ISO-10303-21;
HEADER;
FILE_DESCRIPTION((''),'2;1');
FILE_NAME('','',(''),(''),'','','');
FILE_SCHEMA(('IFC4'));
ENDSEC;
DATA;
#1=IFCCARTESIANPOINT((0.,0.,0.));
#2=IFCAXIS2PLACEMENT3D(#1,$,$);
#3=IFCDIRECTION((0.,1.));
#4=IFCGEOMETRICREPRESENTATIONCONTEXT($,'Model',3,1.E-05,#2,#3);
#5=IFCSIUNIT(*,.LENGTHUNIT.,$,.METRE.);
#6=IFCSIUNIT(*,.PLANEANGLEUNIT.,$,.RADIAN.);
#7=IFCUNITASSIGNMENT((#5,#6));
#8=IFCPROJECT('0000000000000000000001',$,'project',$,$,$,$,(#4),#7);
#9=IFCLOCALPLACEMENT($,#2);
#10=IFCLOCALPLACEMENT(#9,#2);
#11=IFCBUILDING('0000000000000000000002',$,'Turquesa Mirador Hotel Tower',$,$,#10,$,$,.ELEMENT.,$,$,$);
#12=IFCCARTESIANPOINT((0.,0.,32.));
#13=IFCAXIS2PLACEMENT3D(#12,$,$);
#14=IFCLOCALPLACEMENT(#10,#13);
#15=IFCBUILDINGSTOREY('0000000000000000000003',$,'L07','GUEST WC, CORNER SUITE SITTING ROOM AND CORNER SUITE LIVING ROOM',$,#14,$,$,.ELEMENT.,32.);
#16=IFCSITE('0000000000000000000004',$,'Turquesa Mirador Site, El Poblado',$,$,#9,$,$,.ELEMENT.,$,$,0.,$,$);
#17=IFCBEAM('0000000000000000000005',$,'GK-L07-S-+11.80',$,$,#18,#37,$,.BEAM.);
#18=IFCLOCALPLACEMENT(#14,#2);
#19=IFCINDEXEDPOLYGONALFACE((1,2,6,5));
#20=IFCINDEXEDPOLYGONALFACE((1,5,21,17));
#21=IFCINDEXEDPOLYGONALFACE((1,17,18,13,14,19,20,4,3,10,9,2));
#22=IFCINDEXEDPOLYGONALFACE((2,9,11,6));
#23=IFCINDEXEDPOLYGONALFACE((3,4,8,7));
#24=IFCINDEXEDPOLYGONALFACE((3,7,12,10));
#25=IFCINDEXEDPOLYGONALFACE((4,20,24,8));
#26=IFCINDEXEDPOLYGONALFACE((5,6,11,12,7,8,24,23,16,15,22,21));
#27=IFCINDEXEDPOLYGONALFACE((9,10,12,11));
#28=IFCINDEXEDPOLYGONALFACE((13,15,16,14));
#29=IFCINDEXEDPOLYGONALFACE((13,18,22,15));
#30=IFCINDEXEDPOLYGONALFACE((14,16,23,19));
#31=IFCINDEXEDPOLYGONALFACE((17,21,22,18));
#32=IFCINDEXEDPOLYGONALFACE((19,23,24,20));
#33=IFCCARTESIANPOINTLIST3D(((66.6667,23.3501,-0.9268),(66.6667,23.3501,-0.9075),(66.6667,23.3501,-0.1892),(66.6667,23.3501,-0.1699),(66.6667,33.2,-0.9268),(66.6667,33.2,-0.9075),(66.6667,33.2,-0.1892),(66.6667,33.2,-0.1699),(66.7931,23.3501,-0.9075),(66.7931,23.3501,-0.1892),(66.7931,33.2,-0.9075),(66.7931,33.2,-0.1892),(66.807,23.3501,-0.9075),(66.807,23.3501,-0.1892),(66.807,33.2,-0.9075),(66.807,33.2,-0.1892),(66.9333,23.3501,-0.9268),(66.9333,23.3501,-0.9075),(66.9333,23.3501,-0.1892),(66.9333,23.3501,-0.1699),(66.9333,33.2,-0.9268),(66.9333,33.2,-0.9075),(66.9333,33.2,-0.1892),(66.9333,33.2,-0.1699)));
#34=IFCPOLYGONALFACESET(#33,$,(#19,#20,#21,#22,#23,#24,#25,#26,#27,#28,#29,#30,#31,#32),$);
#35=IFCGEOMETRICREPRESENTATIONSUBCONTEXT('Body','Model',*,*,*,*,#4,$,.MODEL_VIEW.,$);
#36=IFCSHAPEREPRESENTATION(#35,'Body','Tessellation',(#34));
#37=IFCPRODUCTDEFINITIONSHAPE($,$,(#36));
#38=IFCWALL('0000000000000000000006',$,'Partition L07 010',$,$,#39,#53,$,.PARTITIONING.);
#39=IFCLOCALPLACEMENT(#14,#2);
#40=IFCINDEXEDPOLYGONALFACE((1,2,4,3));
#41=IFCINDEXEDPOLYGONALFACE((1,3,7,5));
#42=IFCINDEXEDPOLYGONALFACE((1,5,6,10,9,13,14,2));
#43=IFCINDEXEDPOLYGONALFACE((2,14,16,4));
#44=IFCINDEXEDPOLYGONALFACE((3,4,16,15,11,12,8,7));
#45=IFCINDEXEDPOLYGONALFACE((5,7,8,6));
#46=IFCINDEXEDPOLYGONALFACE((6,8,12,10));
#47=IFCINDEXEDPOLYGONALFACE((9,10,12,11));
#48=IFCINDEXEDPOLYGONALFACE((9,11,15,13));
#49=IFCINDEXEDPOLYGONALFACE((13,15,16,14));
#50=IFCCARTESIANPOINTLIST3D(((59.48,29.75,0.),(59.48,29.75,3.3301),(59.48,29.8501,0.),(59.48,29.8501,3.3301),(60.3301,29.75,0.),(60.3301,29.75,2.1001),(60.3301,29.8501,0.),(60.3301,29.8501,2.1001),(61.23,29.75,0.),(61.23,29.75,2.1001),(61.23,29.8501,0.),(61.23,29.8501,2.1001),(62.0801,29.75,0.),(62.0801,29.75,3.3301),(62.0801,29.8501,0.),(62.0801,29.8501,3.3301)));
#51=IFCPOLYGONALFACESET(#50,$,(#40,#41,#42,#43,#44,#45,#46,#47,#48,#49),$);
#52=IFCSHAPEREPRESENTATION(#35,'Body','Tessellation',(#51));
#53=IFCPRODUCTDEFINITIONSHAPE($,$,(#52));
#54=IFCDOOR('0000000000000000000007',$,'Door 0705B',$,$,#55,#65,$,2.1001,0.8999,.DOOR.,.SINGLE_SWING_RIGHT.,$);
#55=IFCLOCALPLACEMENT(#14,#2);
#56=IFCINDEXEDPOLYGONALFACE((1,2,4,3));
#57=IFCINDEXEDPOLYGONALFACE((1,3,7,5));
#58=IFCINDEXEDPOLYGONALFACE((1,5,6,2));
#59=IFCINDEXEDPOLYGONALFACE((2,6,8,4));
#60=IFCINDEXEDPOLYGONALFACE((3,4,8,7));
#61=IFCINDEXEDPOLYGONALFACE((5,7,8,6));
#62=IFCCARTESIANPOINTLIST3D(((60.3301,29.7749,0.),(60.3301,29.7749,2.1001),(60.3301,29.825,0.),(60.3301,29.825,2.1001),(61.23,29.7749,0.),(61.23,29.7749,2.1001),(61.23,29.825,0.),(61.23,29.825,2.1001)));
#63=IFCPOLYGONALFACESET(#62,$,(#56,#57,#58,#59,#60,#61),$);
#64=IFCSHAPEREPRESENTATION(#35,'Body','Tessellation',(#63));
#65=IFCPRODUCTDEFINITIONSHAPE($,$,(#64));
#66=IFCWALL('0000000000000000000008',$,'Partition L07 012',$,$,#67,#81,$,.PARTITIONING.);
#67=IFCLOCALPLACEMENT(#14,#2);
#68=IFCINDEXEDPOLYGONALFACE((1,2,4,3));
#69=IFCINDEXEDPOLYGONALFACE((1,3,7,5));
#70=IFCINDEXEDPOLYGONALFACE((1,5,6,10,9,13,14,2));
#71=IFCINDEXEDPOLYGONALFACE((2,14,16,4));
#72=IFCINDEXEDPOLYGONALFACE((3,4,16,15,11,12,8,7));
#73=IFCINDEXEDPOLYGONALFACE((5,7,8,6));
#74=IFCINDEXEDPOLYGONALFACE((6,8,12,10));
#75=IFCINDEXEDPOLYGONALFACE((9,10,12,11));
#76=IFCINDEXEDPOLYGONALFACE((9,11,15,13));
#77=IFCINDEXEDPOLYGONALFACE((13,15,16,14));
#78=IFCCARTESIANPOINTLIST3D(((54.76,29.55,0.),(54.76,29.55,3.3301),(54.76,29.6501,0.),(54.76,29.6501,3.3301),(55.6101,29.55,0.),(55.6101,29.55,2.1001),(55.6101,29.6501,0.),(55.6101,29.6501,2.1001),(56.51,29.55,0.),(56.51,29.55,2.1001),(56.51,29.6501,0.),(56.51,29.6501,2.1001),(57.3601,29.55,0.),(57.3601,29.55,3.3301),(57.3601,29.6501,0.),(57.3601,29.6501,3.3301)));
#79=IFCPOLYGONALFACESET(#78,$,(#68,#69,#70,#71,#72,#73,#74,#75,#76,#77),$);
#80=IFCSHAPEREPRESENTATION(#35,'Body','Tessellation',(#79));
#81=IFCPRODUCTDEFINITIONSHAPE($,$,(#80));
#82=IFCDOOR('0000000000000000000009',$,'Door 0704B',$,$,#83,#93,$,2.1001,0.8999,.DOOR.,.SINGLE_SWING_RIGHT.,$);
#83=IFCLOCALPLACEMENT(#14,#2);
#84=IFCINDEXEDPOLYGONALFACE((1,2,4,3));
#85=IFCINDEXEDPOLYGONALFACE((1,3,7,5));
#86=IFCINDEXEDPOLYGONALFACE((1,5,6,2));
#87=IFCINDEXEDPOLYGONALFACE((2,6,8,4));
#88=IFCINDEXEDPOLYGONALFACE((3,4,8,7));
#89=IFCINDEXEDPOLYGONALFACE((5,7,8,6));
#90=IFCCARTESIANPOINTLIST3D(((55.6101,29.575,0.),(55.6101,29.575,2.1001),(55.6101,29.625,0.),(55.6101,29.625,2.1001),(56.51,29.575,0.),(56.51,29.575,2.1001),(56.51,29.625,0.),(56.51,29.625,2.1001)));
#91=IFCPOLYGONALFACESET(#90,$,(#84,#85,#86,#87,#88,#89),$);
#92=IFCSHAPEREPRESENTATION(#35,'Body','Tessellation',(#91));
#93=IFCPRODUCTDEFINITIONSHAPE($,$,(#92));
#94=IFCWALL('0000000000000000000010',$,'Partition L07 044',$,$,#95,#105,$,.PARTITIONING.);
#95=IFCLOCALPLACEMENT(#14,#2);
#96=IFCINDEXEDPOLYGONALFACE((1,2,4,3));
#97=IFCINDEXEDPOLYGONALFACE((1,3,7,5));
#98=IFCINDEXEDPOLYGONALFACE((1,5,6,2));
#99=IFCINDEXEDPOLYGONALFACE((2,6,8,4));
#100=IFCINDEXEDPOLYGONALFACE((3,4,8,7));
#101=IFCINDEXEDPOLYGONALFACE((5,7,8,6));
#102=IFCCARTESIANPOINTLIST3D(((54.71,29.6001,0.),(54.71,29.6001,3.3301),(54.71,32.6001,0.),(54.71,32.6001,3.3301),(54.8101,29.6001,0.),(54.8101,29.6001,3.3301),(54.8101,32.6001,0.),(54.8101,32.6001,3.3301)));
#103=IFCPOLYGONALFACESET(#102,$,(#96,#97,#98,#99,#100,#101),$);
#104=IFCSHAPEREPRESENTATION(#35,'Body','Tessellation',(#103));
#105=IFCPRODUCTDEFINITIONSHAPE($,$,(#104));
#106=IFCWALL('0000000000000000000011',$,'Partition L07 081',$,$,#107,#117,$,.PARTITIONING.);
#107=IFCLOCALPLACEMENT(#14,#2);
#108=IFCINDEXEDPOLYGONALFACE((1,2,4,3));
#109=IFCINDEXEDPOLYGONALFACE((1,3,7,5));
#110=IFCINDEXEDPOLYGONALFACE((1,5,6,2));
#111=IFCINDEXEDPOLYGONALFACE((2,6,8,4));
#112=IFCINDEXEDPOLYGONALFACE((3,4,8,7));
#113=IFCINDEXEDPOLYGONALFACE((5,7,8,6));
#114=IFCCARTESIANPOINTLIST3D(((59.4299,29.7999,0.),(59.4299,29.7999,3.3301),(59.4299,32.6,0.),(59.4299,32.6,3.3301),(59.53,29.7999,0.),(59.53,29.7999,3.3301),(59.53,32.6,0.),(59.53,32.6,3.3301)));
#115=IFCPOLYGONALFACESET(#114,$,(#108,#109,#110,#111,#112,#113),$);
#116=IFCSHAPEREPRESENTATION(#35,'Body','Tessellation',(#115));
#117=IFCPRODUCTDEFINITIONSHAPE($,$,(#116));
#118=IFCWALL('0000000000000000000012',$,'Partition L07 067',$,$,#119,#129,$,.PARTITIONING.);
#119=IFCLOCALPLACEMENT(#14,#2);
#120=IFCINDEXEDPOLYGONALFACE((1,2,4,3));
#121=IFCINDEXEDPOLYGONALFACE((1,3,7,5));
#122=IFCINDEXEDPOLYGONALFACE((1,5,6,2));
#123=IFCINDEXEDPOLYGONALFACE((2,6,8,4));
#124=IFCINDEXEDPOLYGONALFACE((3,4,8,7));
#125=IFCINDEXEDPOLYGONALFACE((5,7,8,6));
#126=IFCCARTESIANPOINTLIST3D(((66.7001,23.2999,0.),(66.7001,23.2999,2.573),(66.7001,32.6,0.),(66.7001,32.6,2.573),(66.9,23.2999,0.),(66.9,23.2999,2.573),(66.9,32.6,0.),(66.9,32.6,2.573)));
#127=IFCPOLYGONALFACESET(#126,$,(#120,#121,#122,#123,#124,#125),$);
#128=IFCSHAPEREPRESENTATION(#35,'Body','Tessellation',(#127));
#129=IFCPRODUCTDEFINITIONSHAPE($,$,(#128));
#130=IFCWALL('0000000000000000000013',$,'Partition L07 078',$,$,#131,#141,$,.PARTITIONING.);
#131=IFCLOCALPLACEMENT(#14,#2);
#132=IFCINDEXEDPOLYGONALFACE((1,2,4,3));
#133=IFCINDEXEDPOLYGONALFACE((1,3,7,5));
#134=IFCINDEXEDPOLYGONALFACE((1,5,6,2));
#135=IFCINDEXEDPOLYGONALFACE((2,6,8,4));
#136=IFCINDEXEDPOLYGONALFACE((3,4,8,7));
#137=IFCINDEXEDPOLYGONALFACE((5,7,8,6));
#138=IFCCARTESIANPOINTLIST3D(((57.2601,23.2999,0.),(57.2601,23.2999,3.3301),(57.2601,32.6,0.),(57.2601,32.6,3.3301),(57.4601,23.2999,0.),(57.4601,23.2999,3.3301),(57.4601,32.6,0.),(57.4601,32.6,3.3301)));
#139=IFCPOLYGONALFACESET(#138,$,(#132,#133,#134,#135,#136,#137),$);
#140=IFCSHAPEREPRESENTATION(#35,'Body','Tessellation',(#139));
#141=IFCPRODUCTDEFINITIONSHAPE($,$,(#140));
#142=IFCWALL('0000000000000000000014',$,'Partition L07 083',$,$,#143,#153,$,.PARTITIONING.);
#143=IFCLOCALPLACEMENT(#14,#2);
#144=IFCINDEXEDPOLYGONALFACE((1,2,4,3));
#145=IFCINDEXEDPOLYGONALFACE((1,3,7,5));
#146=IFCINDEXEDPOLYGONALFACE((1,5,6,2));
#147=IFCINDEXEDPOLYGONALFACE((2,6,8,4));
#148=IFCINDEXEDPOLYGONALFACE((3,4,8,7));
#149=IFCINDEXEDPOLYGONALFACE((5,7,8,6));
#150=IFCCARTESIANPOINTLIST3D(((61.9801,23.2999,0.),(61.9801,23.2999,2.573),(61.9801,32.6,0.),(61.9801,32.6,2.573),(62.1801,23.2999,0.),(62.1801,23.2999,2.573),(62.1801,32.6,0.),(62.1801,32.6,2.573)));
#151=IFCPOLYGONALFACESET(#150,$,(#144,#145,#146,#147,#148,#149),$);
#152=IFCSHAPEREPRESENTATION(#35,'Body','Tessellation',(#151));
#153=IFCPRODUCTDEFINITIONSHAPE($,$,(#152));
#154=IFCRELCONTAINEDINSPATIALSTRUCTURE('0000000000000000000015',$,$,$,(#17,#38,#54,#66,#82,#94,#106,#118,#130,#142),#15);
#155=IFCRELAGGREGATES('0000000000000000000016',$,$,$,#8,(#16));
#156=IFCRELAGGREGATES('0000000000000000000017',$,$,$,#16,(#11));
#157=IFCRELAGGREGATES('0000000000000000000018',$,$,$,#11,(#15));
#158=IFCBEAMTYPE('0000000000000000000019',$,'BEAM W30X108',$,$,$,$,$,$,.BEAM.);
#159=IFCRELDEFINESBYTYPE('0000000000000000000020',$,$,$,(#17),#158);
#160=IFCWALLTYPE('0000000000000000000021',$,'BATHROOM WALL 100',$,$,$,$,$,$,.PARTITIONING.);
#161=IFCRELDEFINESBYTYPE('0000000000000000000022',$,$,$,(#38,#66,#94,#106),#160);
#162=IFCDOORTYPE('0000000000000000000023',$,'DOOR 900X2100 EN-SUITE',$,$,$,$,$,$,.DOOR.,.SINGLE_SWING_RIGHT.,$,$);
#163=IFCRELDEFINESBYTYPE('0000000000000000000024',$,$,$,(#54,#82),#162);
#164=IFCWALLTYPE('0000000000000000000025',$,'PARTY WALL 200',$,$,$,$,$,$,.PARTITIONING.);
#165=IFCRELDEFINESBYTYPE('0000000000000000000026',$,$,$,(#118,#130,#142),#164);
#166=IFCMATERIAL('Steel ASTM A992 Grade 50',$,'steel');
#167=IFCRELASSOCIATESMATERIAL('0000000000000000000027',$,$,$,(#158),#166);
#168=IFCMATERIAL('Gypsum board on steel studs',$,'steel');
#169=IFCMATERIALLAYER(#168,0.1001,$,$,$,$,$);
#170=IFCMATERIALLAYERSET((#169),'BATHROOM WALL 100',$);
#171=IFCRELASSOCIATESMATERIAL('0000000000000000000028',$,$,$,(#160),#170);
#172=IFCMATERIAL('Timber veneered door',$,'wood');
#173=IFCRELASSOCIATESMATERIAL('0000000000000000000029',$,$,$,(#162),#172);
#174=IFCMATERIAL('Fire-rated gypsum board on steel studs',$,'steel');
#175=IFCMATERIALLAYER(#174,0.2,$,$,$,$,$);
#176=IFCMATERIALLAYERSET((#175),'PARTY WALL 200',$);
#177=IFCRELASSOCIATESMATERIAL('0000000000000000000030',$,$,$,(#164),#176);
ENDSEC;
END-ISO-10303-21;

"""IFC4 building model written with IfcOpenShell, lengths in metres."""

from ifc_helpers import new_model, si_unit, direction, frame, frame_2d, origin, origin_2d, place, context, subcontext, project, spatial, rectangle, i_section, extrude, material, layer, layer_set, material_profile, profile_set, type_object, element, fill, save


model = new_model("IFC4")

# Units and contexts
model_context = context("Model", 3, precision=1e-05, world=origin(), true_north=direction((0.0, 1.0)))
body_context = subcontext(model_context, "Body", "Model", "MODEL_VIEW")
ifc_project = project(units=[si_unit("LENGTHUNIT", "METRE"), si_unit("PLANEANGLEUNIT", "RADIAN")], contexts=[model_context])

# Site, building, storey
site_placement = place(None, origin())
site = spatial("IfcSite", under=ifc_project, at=site_placement, Name="Turquesa Mirador Site, El Poblado", CompositionType="ELEMENT", RefElevation=0.0)
building_placement = place(site_placement, origin())
building = spatial("IfcBuilding", under=site, at=building_placement, Name="Turquesa Mirador Hotel Tower", CompositionType="ELEMENT")
storey_placement = place(building_placement, frame((0.0, 0.0, 32.0)))
storey = spatial("IfcBuildingStorey", under=building, at=storey_placement, Name="L07", Description="GUEST WC, CORNER SUITE SITTING ROOM AND CORNER SUITE LIVING ROOM", CompositionType="ELEMENT", Elevation=32.0)

# Beam
ifc_material_1 = material(Name="Steel ASTM A992 Grade 50", Category="steel")
ifc_material_profile_1 = material_profile(ifc_material_1, i_section(OverallWidth=0.2666, OverallDepth=0.7568, WebThickness=0.0139, FlangeThickness=0.0193, at=origin_2d()), Name="W30X108")
ifc_profile_set_1 = profile_set([ifc_material_profile_1], Name="Steel ASTM A992 Grade 50")
beam_type_1 = type_object("IfcBeamType", Name="BEAM W30X108", PredefinedType="BEAM", material=ifc_profile_set_1)
beam_1_placement = place(storey_placement, frame((66.8, 23.3501, -0.5483), z_axis=(0.0, 1.0, 0.0), x_axis=(-1.0, 0.0, 0.0)))
element("IfcBeam", 1, at=beam_1_placement, inside=storey, type_object=beam_type_1, Name="GK-L07-S-+11.80", PredefinedType="BEAM", context=body_context, shape_type="SweptSolid", body=[
    extrude(i_section(OverallWidth=0.2666, OverallDepth=0.7568, WebThickness=0.0139, FlangeThickness=0.0193, at=origin_2d()), origin(), (0.0, 0.0, 1.0), 9.8499),
])

# Walls, openings, doors
ifc_material_2 = material(Name="Gypsum board on steel studs", Category="steel")
ifc_layer_1 = layer(ifc_material_2, 0.1001)
ifc_layer_set_1 = layer_set([ifc_layer_1], Name="BATHROOM WALL 100")
wall_type_1 = type_object("IfcWallType", Name="BATHROOM WALL 100", PredefinedType="PARTITIONING", material=ifc_layer_set_1)
wall_1_placement = place(storey_placement, frame((59.48, 29.8, 0.0), z_axis=(0.0, 0.0, 1.0), x_axis=(1.0, 0.0, 0.0)))
wall_1 = element("IfcWall", 2, at=wall_1_placement, inside=storey, type_object=wall_type_1, Name="Partition L07 010", PredefinedType="PARTITIONING", context=body_context, shape_type="SweptSolid", body=[
    extrude(rectangle(XDim=2.6001, YDim=0.1001, at=frame_2d((1.3, 0.0))), origin(), (0.0, 0.0, 1.0), 3.3301),
])
opening_1_placement = place(wall_1_placement, frame((0.8501, 0.0, 0.0)))
opening_1 = element("IfcOpeningElement", 3, at=opening_1_placement, cuts=wall_1, PredefinedType="OPENING", context=body_context, shape_type="SweptSolid", body=[
    extrude(rectangle(XDim=0.8999, YDim=2.1001, at=frame_2d((0.45, 1.05))), frame((0.0, 0.0601, 0.0), z_axis=(0.0, -1.0, 0.0), x_axis=(1.0, 0.0, 0.0)), (0.0, 0.0, 1.0), 0.1201),
])
ifc_material_3 = material(Name="Timber veneered door", Category="wood")
door_type = type_object("IfcDoorType", Name="DOOR 900X2100 EN-SUITE", OperationType="SINGLE_SWING_RIGHT", PredefinedType="DOOR", material=ifc_material_3)
door_1_placement = place(opening_1_placement, origin())
door_1 = element("IfcDoor", 4, at=door_1_placement, inside=storey, type_object=door_type, Name="Door 0705B", OperationType="SINGLE_SWING_RIGHT", OverallHeight=2.1001, OverallWidth=0.8999, PredefinedType="DOOR", context=body_context, shape_type="SweptSolid", body=[
    extrude(rectangle(XDim=0.8999, YDim=2.1001, at=frame_2d((0.45, 1.05))), frame((0.0, 0.0249, 0.0), z_axis=(0.0, -1.0, 0.0), x_axis=(1.0, 0.0, 0.0)), (0.0, 0.0, 1.0), 0.05),
])
fill(opening_1, door_1)
wall_2_placement = place(storey_placement, frame((54.76, 29.6001, 0.0), z_axis=(0.0, 0.0, 1.0), x_axis=(1.0, 0.0, 0.0)))
wall_2 = element("IfcWall", 5, at=wall_2_placement, inside=storey, type_object=wall_type_1, Name="Partition L07 012", PredefinedType="PARTITIONING", context=body_context, shape_type="SweptSolid", body=[
    extrude(rectangle(XDim=2.6001, YDim=0.1001, at=frame_2d((1.3, 0.0))), origin(), (0.0, 0.0, 1.0), 3.3301),
])
opening_2_placement = place(wall_2_placement, frame((0.8501, 0.0, 0.0)))
opening_2 = element("IfcOpeningElement", 6, at=opening_2_placement, cuts=wall_2, PredefinedType="OPENING", context=body_context, shape_type="SweptSolid", body=[
    extrude(rectangle(XDim=0.8999, YDim=2.1001, at=frame_2d((0.45, 1.05))), frame((0.0, 0.0601, 0.0), z_axis=(0.0, -1.0, 0.0), x_axis=(1.0, 0.0, 0.0)), (0.0, 0.0, 1.0), 0.1201),
])
door_2_placement = place(opening_2_placement, origin())
door_2 = element("IfcDoor", 7, at=door_2_placement, inside=storey, type_object=door_type, Name="Door 0704B", OperationType="SINGLE_SWING_RIGHT", OverallHeight=2.1001, OverallWidth=0.8999, PredefinedType="DOOR", context=body_context, shape_type="SweptSolid", body=[
    extrude(rectangle(XDim=0.8999, YDim=2.1001, at=frame_2d((0.45, 1.05))), frame((0.0, 0.0249, 0.0), z_axis=(0.0, -1.0, 0.0), x_axis=(1.0, 0.0, 0.0)), (0.0, 0.0, 1.0), 0.05),
])
fill(opening_2, door_2)

# Walls
wall_3_placement = place(storey_placement, frame((54.76, 29.6001, 0.0), z_axis=(0.0, 0.0, 1.0), x_axis=(0.0, 1.0, 0.0)))
element("IfcWall", 8, at=wall_3_placement, inside=storey, type_object=wall_type_1, Name="Partition L07 044", PredefinedType="PARTITIONING", context=body_context, shape_type="SweptSolid", body=[
    extrude(rectangle(XDim=3.0, YDim=0.1001, at=frame_2d((1.5, 0.0))), origin(), (0.0, 0.0, 1.0), 3.3301),
])
wall_4_placement = place(storey_placement, frame((59.48, 29.8, 0.0), z_axis=(0.0, 0.0, 1.0), x_axis=(0.0, 1.0, 0.0)))
element("IfcWall", 9, at=wall_4_placement, inside=storey, type_object=wall_type_1, Name="Partition L07 081", PredefinedType="PARTITIONING", context=body_context, shape_type="SweptSolid", body=[
    extrude(rectangle(XDim=2.8, YDim=0.1001, at=frame_2d((1.3999, 0.0))), origin(), (0.0, 0.0, 1.0), 3.3301),
])
ifc_material_4 = material(Name="Fire-rated gypsum board on steel studs", Category="steel")
ifc_layer_2 = layer(ifc_material_4, 0.2)
ifc_layer_set_2 = layer_set([ifc_layer_2], Name="PARTY WALL 200")
wall_type_2 = type_object("IfcWallType", Name="PARTY WALL 200", PredefinedType="PARTITIONING", material=ifc_layer_set_2)
wall_5_placement = place(storey_placement, frame((66.8, 23.3, 0.0), z_axis=(0.0, 0.0, 1.0), x_axis=(0.0, 1.0, 0.0)))
element("IfcWall", 10, at=wall_5_placement, inside=storey, type_object=wall_type_2, Name="Partition L07 067", PredefinedType="PARTITIONING", context=body_context, shape_type="SweptSolid", body=[
    extrude(rectangle(XDim=9.3, YDim=0.2, at=frame_2d((4.6499, 0.0))), origin(), (0.0, 0.0, 1.0), 2.573),
])
wall_6_placement = place(storey_placement, frame((57.3601, 23.3, 0.0), z_axis=(0.0, 0.0, 1.0), x_axis=(0.0, 1.0, 0.0)))
element("IfcWall", 11, at=wall_6_placement, inside=storey, type_object=wall_type_2, Name="Partition L07 078", PredefinedType="PARTITIONING", context=body_context, shape_type="SweptSolid", body=[
    extrude(rectangle(XDim=9.3, YDim=0.2, at=frame_2d((4.6499, 0.0))), origin(), (0.0, 0.0, 1.0), 3.3301),
])
wall_7_placement = place(storey_placement, frame((62.0801, 23.3, 0.0), z_axis=(0.0, 0.0, 1.0), x_axis=(0.0, 1.0, 0.0)))
element("IfcWall", 12, at=wall_7_placement, inside=storey, type_object=wall_type_2, Name="Partition L07 083", PredefinedType="PARTITIONING", context=body_context, shape_type="SweptSolid", body=[
    extrude(rectangle(XDim=9.3, YDim=0.2, at=frame_2d((4.6499, 0.0))), origin(), (0.0, 0.0, 1.0), 2.573),
])

save(model, "model.ifc")
